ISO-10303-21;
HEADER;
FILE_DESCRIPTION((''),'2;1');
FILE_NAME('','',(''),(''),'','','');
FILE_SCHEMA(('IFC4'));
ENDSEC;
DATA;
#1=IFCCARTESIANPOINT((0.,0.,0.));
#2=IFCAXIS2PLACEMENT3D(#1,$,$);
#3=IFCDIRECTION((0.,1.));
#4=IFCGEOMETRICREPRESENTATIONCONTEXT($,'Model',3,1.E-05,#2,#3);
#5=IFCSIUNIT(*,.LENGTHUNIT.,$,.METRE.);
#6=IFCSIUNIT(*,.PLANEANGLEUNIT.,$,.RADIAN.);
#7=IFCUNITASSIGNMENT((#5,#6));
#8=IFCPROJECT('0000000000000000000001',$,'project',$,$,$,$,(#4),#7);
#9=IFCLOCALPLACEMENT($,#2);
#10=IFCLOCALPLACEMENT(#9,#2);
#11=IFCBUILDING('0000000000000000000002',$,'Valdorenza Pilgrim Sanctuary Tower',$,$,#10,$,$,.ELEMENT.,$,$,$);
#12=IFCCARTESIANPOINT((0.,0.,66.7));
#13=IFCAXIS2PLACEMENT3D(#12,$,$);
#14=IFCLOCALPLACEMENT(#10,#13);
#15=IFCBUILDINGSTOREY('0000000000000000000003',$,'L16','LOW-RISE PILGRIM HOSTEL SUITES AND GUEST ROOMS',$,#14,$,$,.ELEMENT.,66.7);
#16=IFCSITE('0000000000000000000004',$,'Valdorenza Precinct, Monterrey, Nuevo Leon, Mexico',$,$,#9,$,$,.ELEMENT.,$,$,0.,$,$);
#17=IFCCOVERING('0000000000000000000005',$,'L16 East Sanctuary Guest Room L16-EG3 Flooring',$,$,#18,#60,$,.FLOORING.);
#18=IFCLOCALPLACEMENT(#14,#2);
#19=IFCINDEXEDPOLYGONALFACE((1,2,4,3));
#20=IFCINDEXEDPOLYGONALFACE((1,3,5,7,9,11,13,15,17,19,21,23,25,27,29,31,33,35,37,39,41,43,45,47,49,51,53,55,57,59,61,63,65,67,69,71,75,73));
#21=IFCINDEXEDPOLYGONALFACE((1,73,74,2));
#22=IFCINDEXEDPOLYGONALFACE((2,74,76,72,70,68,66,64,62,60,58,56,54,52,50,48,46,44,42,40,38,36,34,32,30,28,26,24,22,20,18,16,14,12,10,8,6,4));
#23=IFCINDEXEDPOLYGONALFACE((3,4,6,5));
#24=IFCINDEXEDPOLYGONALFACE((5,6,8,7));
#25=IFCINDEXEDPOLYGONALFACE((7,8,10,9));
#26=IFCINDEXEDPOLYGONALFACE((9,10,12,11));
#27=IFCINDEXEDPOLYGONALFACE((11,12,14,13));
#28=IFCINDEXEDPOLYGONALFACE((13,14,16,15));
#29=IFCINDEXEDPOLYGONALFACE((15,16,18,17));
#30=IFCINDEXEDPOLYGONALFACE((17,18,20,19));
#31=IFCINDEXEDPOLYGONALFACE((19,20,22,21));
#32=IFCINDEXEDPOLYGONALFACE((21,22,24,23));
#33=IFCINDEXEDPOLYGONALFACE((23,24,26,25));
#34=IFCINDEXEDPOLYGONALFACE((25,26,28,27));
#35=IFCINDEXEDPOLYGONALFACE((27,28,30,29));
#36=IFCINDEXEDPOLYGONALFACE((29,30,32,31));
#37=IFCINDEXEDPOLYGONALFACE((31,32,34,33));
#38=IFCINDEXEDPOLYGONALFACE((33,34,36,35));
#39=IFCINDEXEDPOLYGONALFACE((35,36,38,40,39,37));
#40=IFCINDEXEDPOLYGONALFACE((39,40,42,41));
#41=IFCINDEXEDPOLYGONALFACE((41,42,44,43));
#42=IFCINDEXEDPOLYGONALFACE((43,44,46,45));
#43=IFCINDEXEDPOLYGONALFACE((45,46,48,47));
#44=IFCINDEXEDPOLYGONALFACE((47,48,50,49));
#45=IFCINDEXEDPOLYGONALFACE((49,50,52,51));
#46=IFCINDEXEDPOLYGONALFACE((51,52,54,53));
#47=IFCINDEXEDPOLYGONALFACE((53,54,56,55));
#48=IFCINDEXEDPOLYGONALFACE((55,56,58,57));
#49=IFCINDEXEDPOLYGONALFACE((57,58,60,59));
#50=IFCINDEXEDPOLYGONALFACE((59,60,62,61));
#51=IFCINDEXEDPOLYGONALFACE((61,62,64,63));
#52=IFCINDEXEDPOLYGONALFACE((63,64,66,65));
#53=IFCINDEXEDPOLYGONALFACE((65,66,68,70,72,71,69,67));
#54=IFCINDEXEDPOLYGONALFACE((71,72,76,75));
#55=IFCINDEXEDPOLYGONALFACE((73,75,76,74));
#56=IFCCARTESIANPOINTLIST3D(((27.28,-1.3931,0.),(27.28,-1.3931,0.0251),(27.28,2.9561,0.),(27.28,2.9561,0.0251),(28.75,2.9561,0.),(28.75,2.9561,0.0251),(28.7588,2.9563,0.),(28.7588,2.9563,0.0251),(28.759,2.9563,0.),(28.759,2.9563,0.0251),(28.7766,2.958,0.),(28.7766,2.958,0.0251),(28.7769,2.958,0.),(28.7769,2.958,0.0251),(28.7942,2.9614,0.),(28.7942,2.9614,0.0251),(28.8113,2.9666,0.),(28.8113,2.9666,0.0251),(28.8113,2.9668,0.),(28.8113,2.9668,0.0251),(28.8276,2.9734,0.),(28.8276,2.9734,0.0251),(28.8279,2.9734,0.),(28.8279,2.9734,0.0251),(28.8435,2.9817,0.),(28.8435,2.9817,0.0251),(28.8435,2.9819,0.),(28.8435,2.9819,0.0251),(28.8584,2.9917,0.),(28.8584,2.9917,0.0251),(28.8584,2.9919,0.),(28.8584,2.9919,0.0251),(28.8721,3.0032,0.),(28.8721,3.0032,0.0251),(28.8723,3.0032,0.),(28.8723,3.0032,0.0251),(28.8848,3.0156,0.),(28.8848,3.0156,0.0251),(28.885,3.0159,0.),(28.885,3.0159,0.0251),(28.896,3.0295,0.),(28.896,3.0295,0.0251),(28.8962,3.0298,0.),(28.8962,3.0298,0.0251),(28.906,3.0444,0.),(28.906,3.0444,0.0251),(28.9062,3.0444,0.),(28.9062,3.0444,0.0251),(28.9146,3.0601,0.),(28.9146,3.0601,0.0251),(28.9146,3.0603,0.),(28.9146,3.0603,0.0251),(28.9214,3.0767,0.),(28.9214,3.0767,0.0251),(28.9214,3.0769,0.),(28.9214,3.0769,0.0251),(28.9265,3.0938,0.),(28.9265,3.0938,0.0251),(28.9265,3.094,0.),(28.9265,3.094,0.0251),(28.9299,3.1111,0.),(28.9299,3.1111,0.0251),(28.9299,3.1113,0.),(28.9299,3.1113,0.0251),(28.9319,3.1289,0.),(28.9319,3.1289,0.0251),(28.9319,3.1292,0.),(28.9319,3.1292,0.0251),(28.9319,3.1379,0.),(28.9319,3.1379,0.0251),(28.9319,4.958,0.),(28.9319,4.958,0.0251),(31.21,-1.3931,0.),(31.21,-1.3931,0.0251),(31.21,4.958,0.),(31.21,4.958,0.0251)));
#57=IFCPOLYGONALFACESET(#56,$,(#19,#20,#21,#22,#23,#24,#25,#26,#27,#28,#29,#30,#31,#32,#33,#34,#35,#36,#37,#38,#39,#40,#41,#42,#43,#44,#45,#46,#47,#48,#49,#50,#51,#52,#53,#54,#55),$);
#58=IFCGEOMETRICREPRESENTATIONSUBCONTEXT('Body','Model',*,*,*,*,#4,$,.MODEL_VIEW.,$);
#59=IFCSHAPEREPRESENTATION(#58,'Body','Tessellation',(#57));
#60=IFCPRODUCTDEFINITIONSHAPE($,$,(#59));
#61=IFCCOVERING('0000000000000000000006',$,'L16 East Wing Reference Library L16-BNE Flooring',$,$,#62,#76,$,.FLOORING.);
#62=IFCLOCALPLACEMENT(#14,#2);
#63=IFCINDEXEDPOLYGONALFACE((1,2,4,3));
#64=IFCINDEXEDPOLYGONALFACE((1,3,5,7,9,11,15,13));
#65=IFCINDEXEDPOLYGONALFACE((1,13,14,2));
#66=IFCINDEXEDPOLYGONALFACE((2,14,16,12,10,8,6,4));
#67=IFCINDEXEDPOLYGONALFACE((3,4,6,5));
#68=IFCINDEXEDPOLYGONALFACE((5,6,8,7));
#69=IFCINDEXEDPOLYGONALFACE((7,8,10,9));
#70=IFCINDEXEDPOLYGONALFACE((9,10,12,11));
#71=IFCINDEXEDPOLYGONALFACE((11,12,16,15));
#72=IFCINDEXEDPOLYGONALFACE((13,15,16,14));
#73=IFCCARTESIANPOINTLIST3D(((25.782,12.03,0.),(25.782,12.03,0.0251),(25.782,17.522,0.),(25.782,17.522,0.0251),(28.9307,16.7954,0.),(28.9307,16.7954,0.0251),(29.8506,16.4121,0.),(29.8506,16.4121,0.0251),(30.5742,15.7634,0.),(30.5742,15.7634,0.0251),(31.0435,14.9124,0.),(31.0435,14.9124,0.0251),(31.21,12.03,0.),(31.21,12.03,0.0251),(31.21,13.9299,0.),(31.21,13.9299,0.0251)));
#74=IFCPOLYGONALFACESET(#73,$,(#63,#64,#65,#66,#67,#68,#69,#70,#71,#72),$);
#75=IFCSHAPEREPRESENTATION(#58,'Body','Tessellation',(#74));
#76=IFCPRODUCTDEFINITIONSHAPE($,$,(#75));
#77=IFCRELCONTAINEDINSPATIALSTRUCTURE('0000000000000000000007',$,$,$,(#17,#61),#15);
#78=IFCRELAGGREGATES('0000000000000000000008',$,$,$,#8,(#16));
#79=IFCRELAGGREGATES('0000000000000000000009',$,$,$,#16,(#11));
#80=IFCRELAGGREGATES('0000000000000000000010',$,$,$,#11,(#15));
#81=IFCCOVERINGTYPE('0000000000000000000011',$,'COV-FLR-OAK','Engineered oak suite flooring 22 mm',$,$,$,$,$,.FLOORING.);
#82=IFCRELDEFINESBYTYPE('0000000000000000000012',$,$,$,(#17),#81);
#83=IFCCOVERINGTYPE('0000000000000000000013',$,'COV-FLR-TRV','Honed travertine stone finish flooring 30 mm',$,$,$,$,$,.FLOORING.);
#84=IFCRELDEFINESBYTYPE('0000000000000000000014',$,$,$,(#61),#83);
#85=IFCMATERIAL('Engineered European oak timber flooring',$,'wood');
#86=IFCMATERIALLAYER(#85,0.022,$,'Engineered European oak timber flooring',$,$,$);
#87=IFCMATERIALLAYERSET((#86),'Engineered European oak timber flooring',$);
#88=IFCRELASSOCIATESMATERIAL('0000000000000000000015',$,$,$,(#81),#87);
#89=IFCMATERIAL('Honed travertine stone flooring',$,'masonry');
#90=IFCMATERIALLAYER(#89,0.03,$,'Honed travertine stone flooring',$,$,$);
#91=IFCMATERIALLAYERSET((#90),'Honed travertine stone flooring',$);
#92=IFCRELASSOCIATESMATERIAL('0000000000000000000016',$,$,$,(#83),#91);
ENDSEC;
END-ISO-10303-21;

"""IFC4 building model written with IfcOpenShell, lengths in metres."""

from ifc_helpers import new_model, si_unit, direction, frame, origin, place, context, subcontext, project, spatial, polyline, outline, extrude, material, layer, layer_set, type_object, element, save


model = new_model("IFC4")

# Units and contexts
model_context = context("Model", 3, precision=1e-05, world=origin(), true_north=direction((0.0, 1.0)))
body_context = subcontext(model_context, "Body", "Model", "MODEL_VIEW")
ifc_project = project(units=[si_unit("LENGTHUNIT", "METRE"), si_unit("PLANEANGLEUNIT", "RADIAN")], contexts=[model_context])

# Site, building, storey
site_placement = place(None, origin())
site = spatial("IfcSite", under=ifc_project, at=site_placement, Name="Valdorenza Precinct, Monterrey, Nuevo Leon, Mexico", CompositionType="ELEMENT", RefElevation=0.0)
building_placement = place(site_placement, origin())
building = spatial("IfcBuilding", under=site, at=building_placement, Name="Valdorenza Pilgrim Sanctuary Tower", CompositionType="ELEMENT")
storey_placement = place(building_placement, frame((0.0, 0.0, 66.7)))
storey = spatial("IfcBuildingStorey", under=building, at=storey_placement, Name="L16", Description="LOW-RISE PILGRIM HOSTEL SUITES AND GUEST ROOMS", CompositionType="ELEMENT", Elevation=66.7)

# Coverings
ifc_material_1 = material(Name="Engineered European oak timber flooring", Category="wood")
ifc_layer_1 = layer(ifc_material_1, 0.022, Name="Engineered European oak timber flooring")
ifc_layer_set_1 = layer_set([ifc_layer_1], Name="Engineered European oak timber flooring")
covering_type_1 = type_object("IfcCoveringType", Name="COV-FLR-OAK", Description="Engineered oak suite flooring 22 mm", PredefinedType="FLOORING", material=ifc_layer_set_1)
covering_1_placement = place(storey_placement, origin())
element("IfcCovering", 1, at=covering_1_placement, inside=storey, type_object=covering_type_1, Name="L16 East Sanctuary Guest Room L16-EG3 Flooring", PredefinedType="FLOORING", context=body_context, shape_type="SweptSolid", body=[
    extrude(outline(polyline([(27.28, 2.9561), (28.75, 2.9561), (28.7588, 2.9563), (28.759, 2.9563), (28.7766, 2.958), (28.7769, 2.958), (28.7942, 2.9614), (28.7942, 2.9614), (28.8113, 2.9666), (28.8113, 2.9668), (28.8276, 2.9734), (28.8279, 2.9734), (28.8435, 2.9817), (28.8435, 2.9819), (28.8584, 2.9917), (28.8584, 2.9919), (28.8721, 3.0032), (28.8723, 3.0032), (28.8848, 3.0156), (28.885, 3.0159), (28.896, 3.0295), (28.8962, 3.0298), (28.906, 3.0444), (28.9062, 3.0444), (28.9146, 3.0601), (28.9146, 3.0603), (28.9214, 3.0767), (28.9214, 3.0769), (28.9265, 3.0938), (28.9265, 3.094), (28.9299, 3.1111), (28.9299, 3.1113), (28.9319, 3.1289), (28.9319, 3.1292), (28.9319, 3.1379), (28.9319, 4.958), (31.21, 4.958), (31.21, -1.3931), (27.28, -1.3931), (27.28, 2.9561)])), origin(), (0.0, 0.0, 1.0), 0.0251),
])
ifc_material_2 = material(Name="Honed travertine stone flooring", Category="masonry")
ifc_layer_2 = layer(ifc_material_2, 0.03, Name="Honed travertine stone flooring")
ifc_layer_set_2 = layer_set([ifc_layer_2], Name="Honed travertine stone flooring")
covering_type_2 = type_object("IfcCoveringType", Name="COV-FLR-TRV", Description="Honed travertine stone finish flooring 30 mm", PredefinedType="FLOORING", material=ifc_layer_set_2)
covering_2_placement = place(storey_placement, origin())
element("IfcCovering", 2, at=covering_2_placement, inside=storey, type_object=covering_type_2, Name="L16 East Wing Reference Library L16-BNE Flooring", PredefinedType="FLOORING", context=body_context, shape_type="SweptSolid", body=[
    extrude(outline(polyline([(28.9307, 16.7954), (29.8506, 16.4121), (30.5742, 15.7634), (31.0435, 14.9124), (31.21, 13.9299), (31.21, 12.03), (25.782, 12.03), (25.782, 17.522), (28.9307, 16.7954)])), origin(), (0.0, 0.0, 1.0), 0.0251),
])

save(model, "model.ifc")
